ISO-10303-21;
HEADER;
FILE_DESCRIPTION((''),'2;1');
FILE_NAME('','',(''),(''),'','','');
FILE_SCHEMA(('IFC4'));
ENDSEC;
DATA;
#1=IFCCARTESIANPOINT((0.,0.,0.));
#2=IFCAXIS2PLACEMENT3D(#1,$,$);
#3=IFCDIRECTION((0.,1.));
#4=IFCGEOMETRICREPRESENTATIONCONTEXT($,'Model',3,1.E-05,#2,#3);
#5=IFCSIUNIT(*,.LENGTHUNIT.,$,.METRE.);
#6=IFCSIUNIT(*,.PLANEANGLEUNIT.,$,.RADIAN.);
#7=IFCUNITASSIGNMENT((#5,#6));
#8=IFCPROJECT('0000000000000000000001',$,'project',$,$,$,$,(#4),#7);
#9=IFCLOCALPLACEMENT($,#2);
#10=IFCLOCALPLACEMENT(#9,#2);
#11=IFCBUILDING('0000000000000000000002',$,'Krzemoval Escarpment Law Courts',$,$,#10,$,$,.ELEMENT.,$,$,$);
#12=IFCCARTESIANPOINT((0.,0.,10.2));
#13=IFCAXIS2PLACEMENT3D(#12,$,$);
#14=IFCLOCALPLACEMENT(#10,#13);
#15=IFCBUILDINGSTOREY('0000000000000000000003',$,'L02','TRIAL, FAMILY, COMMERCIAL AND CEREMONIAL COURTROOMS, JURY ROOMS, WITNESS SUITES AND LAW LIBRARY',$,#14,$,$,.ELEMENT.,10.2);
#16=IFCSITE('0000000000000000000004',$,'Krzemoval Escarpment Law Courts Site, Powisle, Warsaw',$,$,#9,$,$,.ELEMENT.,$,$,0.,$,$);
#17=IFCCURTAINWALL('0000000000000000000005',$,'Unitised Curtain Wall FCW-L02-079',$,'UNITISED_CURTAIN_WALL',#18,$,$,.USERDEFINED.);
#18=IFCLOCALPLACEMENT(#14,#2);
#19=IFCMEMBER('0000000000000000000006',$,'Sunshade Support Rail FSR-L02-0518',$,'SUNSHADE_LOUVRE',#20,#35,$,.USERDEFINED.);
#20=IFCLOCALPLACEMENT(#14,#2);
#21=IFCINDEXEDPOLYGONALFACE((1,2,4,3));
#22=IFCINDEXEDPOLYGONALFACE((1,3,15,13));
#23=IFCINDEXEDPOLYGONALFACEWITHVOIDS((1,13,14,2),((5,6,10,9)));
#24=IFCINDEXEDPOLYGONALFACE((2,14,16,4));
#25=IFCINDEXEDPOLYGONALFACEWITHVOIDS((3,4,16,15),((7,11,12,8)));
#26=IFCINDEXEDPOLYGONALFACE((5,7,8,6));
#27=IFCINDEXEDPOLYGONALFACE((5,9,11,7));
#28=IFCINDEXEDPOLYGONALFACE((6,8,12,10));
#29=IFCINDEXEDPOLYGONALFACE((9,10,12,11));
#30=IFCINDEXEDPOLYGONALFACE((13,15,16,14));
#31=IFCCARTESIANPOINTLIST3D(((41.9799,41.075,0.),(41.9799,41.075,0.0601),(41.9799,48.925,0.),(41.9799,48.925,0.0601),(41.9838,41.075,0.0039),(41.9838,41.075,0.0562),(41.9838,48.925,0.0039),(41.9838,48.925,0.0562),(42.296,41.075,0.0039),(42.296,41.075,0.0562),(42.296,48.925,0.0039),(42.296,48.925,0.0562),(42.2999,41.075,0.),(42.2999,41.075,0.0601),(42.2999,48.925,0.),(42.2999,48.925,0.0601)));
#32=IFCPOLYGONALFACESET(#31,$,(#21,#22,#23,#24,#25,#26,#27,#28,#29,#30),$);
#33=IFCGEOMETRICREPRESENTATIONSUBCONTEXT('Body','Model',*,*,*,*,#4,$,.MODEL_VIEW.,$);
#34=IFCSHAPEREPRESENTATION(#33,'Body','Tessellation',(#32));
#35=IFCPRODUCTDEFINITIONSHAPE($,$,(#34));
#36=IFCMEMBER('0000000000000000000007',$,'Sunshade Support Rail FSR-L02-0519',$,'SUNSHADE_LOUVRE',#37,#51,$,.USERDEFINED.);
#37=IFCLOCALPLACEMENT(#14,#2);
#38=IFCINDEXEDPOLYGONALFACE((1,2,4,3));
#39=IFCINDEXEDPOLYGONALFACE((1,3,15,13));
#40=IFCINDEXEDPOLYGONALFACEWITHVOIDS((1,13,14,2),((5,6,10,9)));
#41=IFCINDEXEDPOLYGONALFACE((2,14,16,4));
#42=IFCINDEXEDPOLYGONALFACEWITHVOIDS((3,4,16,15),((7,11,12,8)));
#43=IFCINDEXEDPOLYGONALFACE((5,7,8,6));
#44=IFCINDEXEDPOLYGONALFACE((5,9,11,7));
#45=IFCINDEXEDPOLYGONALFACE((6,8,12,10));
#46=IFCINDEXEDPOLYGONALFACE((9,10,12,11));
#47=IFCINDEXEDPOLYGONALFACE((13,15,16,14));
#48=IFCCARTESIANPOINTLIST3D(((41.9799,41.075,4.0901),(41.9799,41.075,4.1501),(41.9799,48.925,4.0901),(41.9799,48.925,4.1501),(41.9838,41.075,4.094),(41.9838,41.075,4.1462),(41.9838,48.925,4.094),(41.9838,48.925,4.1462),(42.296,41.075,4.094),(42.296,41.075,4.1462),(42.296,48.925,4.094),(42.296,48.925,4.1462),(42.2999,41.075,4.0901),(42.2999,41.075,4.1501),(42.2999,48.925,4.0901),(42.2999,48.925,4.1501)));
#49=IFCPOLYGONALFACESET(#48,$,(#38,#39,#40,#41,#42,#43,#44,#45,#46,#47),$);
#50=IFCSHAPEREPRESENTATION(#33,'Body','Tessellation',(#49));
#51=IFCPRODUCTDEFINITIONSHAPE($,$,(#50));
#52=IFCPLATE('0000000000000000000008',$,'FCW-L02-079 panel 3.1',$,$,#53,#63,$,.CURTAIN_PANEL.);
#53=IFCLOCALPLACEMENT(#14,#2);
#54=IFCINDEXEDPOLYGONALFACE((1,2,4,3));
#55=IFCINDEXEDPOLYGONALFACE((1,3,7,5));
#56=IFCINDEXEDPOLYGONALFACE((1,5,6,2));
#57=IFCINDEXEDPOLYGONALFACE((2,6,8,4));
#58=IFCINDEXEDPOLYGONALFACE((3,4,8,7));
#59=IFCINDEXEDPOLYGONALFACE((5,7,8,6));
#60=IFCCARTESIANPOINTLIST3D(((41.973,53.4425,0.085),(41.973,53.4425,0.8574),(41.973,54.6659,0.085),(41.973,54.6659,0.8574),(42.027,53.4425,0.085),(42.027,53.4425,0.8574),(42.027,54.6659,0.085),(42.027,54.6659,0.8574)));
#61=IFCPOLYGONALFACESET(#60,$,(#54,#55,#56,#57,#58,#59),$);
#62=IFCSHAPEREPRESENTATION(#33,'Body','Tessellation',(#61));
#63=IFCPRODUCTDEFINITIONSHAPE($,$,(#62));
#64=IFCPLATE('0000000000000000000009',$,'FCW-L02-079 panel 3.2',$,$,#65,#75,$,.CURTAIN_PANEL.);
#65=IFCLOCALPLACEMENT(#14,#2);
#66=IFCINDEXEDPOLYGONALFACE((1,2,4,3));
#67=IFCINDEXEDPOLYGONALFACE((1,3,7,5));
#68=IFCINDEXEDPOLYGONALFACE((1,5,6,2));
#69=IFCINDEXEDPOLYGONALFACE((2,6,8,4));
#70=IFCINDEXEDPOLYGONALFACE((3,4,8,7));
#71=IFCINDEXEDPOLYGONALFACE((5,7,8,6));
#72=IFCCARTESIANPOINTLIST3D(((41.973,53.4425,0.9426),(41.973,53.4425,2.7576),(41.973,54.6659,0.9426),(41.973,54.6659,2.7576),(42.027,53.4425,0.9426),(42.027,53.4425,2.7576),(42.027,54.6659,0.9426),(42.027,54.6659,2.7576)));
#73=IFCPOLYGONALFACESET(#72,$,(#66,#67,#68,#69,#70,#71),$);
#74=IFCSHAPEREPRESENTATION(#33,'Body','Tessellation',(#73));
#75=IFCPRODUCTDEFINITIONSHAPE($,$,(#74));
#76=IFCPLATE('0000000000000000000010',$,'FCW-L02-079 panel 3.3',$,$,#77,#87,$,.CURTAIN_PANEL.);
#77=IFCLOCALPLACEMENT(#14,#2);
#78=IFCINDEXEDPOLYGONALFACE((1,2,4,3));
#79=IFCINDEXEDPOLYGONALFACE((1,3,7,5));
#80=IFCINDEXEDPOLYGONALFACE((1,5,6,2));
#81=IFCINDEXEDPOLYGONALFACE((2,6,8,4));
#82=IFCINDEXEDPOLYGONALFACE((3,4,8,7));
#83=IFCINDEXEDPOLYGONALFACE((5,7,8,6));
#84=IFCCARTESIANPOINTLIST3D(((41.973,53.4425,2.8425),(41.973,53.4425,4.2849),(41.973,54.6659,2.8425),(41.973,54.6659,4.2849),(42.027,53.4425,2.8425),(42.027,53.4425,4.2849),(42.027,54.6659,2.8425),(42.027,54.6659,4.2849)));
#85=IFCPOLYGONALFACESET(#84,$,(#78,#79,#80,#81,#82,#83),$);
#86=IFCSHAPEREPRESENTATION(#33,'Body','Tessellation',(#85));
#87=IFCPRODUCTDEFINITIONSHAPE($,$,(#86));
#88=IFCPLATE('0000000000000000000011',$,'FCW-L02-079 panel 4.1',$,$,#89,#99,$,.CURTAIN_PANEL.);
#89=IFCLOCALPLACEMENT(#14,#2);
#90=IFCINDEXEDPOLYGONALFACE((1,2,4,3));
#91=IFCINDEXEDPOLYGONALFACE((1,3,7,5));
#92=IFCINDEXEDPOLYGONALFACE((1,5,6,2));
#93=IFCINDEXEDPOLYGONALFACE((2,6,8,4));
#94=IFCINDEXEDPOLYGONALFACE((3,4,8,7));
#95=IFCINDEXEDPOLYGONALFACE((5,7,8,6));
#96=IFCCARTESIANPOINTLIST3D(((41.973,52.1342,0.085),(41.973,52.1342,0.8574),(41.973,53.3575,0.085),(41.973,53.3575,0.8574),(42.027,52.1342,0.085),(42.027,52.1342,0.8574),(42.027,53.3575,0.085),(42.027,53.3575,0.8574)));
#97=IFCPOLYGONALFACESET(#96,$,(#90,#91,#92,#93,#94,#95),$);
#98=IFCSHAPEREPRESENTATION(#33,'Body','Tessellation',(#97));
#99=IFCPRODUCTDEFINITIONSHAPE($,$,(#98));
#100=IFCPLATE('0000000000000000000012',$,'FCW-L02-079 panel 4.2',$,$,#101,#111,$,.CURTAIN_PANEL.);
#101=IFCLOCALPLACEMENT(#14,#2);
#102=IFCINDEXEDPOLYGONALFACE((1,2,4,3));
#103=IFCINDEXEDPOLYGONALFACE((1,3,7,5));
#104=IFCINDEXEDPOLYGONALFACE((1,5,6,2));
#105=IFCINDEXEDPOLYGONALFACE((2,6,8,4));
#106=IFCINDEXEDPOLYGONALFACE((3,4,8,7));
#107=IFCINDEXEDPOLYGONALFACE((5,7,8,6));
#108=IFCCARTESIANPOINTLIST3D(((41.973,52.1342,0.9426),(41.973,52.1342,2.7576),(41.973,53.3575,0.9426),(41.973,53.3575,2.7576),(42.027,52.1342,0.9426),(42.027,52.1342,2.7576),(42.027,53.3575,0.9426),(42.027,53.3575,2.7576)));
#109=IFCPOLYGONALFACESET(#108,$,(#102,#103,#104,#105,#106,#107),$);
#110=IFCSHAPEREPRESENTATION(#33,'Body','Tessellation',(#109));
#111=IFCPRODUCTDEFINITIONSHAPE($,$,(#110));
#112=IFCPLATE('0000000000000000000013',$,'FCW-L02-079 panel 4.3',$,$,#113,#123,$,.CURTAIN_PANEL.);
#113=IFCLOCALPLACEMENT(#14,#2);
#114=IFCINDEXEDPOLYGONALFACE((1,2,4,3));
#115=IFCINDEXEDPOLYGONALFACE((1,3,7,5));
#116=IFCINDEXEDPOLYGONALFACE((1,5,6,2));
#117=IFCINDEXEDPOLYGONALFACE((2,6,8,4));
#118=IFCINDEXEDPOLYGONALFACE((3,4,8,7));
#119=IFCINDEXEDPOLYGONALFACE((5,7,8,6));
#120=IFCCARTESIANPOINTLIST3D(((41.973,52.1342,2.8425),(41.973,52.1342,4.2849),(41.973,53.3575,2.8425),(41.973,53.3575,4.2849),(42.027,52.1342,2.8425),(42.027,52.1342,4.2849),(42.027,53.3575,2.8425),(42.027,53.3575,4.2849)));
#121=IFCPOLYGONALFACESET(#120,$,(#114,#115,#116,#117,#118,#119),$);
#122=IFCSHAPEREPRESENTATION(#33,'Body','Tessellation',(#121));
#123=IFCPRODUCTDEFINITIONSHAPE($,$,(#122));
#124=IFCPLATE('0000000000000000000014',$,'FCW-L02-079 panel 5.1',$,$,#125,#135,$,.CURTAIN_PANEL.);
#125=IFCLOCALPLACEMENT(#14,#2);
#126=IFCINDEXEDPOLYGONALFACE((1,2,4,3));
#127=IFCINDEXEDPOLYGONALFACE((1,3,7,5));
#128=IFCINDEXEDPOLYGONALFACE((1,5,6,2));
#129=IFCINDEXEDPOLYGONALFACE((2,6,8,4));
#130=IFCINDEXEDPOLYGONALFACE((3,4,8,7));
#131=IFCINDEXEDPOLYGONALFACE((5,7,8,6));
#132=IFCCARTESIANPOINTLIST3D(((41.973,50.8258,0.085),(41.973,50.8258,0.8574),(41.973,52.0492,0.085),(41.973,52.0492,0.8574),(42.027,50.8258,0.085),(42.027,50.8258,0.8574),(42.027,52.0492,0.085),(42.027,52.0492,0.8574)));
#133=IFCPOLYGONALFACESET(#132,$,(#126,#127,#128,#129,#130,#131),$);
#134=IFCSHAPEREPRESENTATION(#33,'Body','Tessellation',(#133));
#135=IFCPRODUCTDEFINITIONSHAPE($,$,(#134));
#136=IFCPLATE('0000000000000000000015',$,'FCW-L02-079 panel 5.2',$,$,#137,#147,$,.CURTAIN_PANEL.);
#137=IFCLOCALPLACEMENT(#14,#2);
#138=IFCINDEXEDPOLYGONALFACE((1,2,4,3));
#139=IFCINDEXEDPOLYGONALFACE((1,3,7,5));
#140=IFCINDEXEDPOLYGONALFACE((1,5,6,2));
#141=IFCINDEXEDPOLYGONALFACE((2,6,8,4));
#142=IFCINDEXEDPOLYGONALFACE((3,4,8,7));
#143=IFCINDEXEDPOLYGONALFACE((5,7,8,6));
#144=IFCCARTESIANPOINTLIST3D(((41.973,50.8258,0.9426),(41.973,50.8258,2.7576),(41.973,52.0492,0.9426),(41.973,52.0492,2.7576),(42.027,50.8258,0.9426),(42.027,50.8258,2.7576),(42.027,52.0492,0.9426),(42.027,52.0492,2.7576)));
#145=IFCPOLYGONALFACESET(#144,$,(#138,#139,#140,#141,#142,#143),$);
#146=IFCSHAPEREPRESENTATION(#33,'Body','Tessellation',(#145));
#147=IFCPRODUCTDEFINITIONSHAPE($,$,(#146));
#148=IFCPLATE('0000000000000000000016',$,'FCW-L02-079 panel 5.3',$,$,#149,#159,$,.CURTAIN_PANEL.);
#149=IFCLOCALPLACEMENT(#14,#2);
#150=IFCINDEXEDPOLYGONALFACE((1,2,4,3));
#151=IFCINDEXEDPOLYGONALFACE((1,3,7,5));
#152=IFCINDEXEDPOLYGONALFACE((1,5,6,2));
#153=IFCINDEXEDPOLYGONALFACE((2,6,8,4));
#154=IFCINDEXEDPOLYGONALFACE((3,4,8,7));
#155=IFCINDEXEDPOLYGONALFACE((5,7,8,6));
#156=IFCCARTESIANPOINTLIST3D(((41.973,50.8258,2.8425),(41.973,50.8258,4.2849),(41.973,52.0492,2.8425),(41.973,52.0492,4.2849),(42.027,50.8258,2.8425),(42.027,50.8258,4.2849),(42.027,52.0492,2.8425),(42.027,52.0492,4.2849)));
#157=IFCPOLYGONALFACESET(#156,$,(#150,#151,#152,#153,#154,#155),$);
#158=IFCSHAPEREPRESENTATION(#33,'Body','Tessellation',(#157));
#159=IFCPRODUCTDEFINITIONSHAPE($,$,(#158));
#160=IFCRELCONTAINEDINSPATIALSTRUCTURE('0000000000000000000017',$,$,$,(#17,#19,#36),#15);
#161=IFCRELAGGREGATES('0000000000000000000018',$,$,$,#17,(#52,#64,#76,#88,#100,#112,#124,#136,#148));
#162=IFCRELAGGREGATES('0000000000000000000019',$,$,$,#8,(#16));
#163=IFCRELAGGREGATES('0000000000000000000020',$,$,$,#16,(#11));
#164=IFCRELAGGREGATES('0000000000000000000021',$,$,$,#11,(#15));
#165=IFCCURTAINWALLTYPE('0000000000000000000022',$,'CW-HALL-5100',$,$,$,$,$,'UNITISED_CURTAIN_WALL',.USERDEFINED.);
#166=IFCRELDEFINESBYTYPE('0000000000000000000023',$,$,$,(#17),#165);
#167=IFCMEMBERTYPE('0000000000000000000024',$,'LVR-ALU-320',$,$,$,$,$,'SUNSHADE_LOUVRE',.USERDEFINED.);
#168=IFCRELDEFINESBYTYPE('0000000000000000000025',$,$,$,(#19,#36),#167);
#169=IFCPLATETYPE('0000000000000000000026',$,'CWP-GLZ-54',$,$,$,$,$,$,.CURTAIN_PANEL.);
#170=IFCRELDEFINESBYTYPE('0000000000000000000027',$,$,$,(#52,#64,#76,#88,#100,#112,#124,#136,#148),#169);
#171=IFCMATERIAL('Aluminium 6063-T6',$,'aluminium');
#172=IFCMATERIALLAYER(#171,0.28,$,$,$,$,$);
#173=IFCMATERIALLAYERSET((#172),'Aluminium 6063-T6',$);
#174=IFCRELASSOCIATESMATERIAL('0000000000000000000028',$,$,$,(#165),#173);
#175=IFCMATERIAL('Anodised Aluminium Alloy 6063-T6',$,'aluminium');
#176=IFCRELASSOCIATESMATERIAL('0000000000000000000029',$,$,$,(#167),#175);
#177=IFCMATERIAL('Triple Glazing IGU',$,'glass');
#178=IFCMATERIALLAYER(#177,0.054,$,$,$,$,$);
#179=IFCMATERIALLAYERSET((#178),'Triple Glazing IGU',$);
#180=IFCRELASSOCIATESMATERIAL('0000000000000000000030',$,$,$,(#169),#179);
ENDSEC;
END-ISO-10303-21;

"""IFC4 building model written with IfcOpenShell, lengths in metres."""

from ifc_helpers import new_model, si_unit, direction, frame, origin, origin_2d, place, context, subcontext, project, spatial, rectangle, hollow_rectangle, extrude, material, layer, layer_set, material_profile, profile_set, type_object, element, aggregate, save


model = new_model("IFC4")

# Units and contexts
model_context = context("Model", 3, precision=1e-05, world=origin(), true_north=direction((0.0, 1.0)))
body_context = subcontext(model_context, "Body", "Model", "MODEL_VIEW")
ifc_project = project(units=[si_unit("LENGTHUNIT", "METRE"), si_unit("PLANEANGLEUNIT", "RADIAN")], contexts=[model_context])

# Site, building, storey
site_placement = place(None, origin())
site = spatial("IfcSite", under=ifc_project, at=site_placement, Name="Krzemoval Escarpment Law Courts Site, Powisle, Warsaw", CompositionType="ELEMENT", RefElevation=0.0)
building_placement = place(site_placement, origin())
building = spatial("IfcBuilding", under=site, at=building_placement, Name="Krzemoval Escarpment Law Courts", CompositionType="ELEMENT")
storey_placement = place(building_placement, frame((0.0, 0.0, 10.2)))
storey = spatial("IfcBuildingStorey", under=building, at=storey_placement, Name="L02", Description="TRIAL, FAMILY, COMMERCIAL AND CEREMONIAL COURTROOMS, JURY ROOMS, WITNESS SUITES AND LAW LIBRARY", CompositionType="ELEMENT", Elevation=10.2)

# Curtain wall
ifc_material_1 = material(Name="Aluminium 6063-T6", Category="aluminium")
ifc_layer_1 = layer(ifc_material_1, 0.28)
ifc_layer_set_1 = layer_set([ifc_layer_1], Name="Aluminium 6063-T6")
curtain_wall_type = type_object("IfcCurtainWallType", Name="CW-HALL-5100", ElementType="UNITISED_CURTAIN_WALL", PredefinedType="USERDEFINED", material=ifc_layer_set_1)
curtain_wall_placement = place(storey_placement, origin())
curtain_wall = element("IfcCurtainWall", 1, at=curtain_wall_placement, inside=storey, type_object=curtain_wall_type, Name="Unitised Curtain Wall FCW-L02-079", ObjectType="UNITISED_CURTAIN_WALL", PredefinedType="USERDEFINED")

# Members
ifc_material_2 = material(Name="Anodised Aluminium Alloy 6063-T6", Category="aluminium")
ifc_material_profile_1 = material_profile(ifc_material_2, hollow_rectangle(XDim=0.0601, YDim=0.3201, WallThickness=0.0039, at=origin_2d()), Name="ALU LVR 60x320")
ifc_profile_set_1 = profile_set([ifc_material_profile_1], Name="Anodised Aluminium Alloy 6063-T6")
member_type_1 = type_object("IfcMemberType", Name="LVR-ALU-320", ElementType="SUNSHADE_LOUVRE", PredefinedType="USERDEFINED", material=ifc_profile_set_1)
for number, where, z_axis, x_axis, name in (
    (2, (42.1399, 48.925, 0.03), (0.0, -1.0, 0.0), (0.0, 0.0, 1.0), "Sunshade Support Rail FSR-L02-0518"),
    (3, (42.1399, 48.925, 4.1201), (0.0, -1.0, 0.0), (0.0, 0.0, 1.0), "Sunshade Support Rail FSR-L02-0519"),
):
    element("IfcMember", number, at=place(storey_placement, frame(where, z_axis=z_axis, x_axis=x_axis)), inside=storey, type_object=member_type_1, Name=name, ObjectType="SUNSHADE_LOUVRE", PredefinedType="USERDEFINED", context=body_context, shape_type="SweptSolid", body=[
        extrude(hollow_rectangle(XDim=0.0601, YDim=0.3201, WallThickness=0.0039, at=origin_2d()), origin(), (0.0, 0.0, 1.0), 7.8501),
    ])

# Plates
ifc_material_3 = material(Name="Triple Glazing IGU", Category="glass")
ifc_layer_2 = layer(ifc_material_3, 0.054)
ifc_layer_set_2 = layer_set([ifc_layer_2], Name="Triple Glazing IGU")
plate_type = type_object("IfcPlateType", Name="CWP-GLZ-54", PredefinedType="CURTAIN_PANEL", material=ifc_layer_set_2)
plate_1_placement = place(storey_placement, frame((42.0, 54.0542, 0.085), z_axis=(0.0, 0.0, 1.0), x_axis=(0.0, -1.0, 0.0)))
plate_1 = element("IfcPlate", 4, at=plate_1_placement, type_object=plate_type, Name="FCW-L02-079 panel 3.1", PredefinedType="CURTAIN_PANEL", context=body_context, shape_type="SweptSolid", body=[
    extrude(rectangle(XDim=1.2234, YDim=0.054, at=origin_2d()), origin(), (0.0, 0.0, 1.0), 0.7725),
])
plate_2_placement = place(storey_placement, frame((42.0, 54.0542, 0.9426), z_axis=(0.0, 0.0, 1.0), x_axis=(0.0, -1.0, 0.0)))
plate_2 = element("IfcPlate", 5, at=plate_2_placement, type_object=plate_type, Name="FCW-L02-079 panel 3.2", PredefinedType="CURTAIN_PANEL", context=body_context, shape_type="SweptSolid", body=[
    extrude(rectangle(XDim=1.2234, YDim=0.054, at=origin_2d()), origin(), (0.0, 0.0, 1.0), 1.8149),
])
plate_3_placement = place(storey_placement, frame((42.0, 54.0542, 2.8425), z_axis=(0.0, 0.0, 1.0), x_axis=(0.0, -1.0, 0.0)))
plate_3 = element("IfcPlate", 6, at=plate_3_placement, type_object=plate_type, Name="FCW-L02-079 panel 3.3", PredefinedType="CURTAIN_PANEL", context=body_context, shape_type="SweptSolid", body=[
    extrude(rectangle(XDim=1.2234, YDim=0.054, at=origin_2d()), origin(), (0.0, 0.0, 1.0), 1.4424),
])
plate_4_placement = place(storey_placement, frame((42.0, 52.7458, 0.085), z_axis=(0.0, 0.0, 1.0), x_axis=(0.0, -1.0, 0.0)))
plate_4 = element("IfcPlate", 7, at=plate_4_placement, type_object=plate_type, Name="FCW-L02-079 panel 4.1", PredefinedType="CURTAIN_PANEL", context=body_context, shape_type="SweptSolid", body=[
    extrude(rectangle(XDim=1.2234, YDim=0.054, at=origin_2d()), origin(), (0.0, 0.0, 1.0), 0.7725),
])
plate_5_placement = place(storey_placement, frame((42.0, 52.7458, 0.9426), z_axis=(0.0, 0.0, 1.0), x_axis=(0.0, -1.0, 0.0)))
plate_5 = element("IfcPlate", 8, at=plate_5_placement, type_object=plate_type, Name="FCW-L02-079 panel 4.2", PredefinedType="CURTAIN_PANEL", context=body_context, shape_type="SweptSolid", body=[
    extrude(rectangle(XDim=1.2234, YDim=0.054, at=origin_2d()), origin(), (0.0, 0.0, 1.0), 1.8149),
])
plate_6_placement = place(storey_placement, frame((42.0, 52.7458, 2.8425), z_axis=(0.0, 0.0, 1.0), x_axis=(0.0, -1.0, 0.0)))
plate_6 = element("IfcPlate", 9, at=plate_6_placement, type_object=plate_type, Name="FCW-L02-079 panel 4.3", PredefinedType="CURTAIN_PANEL", context=body_context, shape_type="SweptSolid", body=[
    extrude(rectangle(XDim=1.2234, YDim=0.054, at=origin_2d()), origin(), (0.0, 0.0, 1.0), 1.4424),
])
plate_7_placement = place(storey_placement, frame((42.0, 51.4375, 0.085), z_axis=(0.0, 0.0, 1.0), x_axis=(0.0, -1.0, 0.0)))
plate_7 = element("IfcPlate", 10, at=plate_7_placement, type_object=plate_type, Name="FCW-L02-079 panel 5.1", PredefinedType="CURTAIN_PANEL", context=body_context, shape_type="SweptSolid", body=[
    extrude(rectangle(XDim=1.2234, YDim=0.054, at=origin_2d()), origin(), (0.0, 0.0, 1.0), 0.7725),
])
plate_8_placement = place(storey_placement, frame((42.0, 51.4375, 0.9426), z_axis=(0.0, 0.0, 1.0), x_axis=(0.0, -1.0, 0.0)))
plate_8 = element("IfcPlate", 11, at=plate_8_placement, type_object=plate_type, Name="FCW-L02-079 panel 5.2", PredefinedType="CURTAIN_PANEL", context=body_context, shape_type="SweptSolid", body=[
    extrude(rectangle(XDim=1.2234, YDim=0.054, at=origin_2d()), origin(), (0.0, 0.0, 1.0), 1.8149),
])
plate_9_placement = place(storey_placement, frame((42.0, 51.4375, 2.8425), z_axis=(0.0, 0.0, 1.0), x_axis=(0.0, -1.0, 0.0)))
plate_9 = element("IfcPlate", 12, at=plate_9_placement, type_object=plate_type, Name="FCW-L02-079 panel 5.3", PredefinedType="CURTAIN_PANEL", context=body_context, shape_type="SweptSolid", body=[
    extrude(rectangle(XDim=1.2234, YDim=0.054, at=origin_2d()), origin(), (0.0, 0.0, 1.0), 1.4424),
])
aggregate(curtain_wall, [plate_1, plate_2, plate_3, plate_4, plate_5, plate_6, plate_7, plate_8, plate_9])

save(model, "model.ifc")
